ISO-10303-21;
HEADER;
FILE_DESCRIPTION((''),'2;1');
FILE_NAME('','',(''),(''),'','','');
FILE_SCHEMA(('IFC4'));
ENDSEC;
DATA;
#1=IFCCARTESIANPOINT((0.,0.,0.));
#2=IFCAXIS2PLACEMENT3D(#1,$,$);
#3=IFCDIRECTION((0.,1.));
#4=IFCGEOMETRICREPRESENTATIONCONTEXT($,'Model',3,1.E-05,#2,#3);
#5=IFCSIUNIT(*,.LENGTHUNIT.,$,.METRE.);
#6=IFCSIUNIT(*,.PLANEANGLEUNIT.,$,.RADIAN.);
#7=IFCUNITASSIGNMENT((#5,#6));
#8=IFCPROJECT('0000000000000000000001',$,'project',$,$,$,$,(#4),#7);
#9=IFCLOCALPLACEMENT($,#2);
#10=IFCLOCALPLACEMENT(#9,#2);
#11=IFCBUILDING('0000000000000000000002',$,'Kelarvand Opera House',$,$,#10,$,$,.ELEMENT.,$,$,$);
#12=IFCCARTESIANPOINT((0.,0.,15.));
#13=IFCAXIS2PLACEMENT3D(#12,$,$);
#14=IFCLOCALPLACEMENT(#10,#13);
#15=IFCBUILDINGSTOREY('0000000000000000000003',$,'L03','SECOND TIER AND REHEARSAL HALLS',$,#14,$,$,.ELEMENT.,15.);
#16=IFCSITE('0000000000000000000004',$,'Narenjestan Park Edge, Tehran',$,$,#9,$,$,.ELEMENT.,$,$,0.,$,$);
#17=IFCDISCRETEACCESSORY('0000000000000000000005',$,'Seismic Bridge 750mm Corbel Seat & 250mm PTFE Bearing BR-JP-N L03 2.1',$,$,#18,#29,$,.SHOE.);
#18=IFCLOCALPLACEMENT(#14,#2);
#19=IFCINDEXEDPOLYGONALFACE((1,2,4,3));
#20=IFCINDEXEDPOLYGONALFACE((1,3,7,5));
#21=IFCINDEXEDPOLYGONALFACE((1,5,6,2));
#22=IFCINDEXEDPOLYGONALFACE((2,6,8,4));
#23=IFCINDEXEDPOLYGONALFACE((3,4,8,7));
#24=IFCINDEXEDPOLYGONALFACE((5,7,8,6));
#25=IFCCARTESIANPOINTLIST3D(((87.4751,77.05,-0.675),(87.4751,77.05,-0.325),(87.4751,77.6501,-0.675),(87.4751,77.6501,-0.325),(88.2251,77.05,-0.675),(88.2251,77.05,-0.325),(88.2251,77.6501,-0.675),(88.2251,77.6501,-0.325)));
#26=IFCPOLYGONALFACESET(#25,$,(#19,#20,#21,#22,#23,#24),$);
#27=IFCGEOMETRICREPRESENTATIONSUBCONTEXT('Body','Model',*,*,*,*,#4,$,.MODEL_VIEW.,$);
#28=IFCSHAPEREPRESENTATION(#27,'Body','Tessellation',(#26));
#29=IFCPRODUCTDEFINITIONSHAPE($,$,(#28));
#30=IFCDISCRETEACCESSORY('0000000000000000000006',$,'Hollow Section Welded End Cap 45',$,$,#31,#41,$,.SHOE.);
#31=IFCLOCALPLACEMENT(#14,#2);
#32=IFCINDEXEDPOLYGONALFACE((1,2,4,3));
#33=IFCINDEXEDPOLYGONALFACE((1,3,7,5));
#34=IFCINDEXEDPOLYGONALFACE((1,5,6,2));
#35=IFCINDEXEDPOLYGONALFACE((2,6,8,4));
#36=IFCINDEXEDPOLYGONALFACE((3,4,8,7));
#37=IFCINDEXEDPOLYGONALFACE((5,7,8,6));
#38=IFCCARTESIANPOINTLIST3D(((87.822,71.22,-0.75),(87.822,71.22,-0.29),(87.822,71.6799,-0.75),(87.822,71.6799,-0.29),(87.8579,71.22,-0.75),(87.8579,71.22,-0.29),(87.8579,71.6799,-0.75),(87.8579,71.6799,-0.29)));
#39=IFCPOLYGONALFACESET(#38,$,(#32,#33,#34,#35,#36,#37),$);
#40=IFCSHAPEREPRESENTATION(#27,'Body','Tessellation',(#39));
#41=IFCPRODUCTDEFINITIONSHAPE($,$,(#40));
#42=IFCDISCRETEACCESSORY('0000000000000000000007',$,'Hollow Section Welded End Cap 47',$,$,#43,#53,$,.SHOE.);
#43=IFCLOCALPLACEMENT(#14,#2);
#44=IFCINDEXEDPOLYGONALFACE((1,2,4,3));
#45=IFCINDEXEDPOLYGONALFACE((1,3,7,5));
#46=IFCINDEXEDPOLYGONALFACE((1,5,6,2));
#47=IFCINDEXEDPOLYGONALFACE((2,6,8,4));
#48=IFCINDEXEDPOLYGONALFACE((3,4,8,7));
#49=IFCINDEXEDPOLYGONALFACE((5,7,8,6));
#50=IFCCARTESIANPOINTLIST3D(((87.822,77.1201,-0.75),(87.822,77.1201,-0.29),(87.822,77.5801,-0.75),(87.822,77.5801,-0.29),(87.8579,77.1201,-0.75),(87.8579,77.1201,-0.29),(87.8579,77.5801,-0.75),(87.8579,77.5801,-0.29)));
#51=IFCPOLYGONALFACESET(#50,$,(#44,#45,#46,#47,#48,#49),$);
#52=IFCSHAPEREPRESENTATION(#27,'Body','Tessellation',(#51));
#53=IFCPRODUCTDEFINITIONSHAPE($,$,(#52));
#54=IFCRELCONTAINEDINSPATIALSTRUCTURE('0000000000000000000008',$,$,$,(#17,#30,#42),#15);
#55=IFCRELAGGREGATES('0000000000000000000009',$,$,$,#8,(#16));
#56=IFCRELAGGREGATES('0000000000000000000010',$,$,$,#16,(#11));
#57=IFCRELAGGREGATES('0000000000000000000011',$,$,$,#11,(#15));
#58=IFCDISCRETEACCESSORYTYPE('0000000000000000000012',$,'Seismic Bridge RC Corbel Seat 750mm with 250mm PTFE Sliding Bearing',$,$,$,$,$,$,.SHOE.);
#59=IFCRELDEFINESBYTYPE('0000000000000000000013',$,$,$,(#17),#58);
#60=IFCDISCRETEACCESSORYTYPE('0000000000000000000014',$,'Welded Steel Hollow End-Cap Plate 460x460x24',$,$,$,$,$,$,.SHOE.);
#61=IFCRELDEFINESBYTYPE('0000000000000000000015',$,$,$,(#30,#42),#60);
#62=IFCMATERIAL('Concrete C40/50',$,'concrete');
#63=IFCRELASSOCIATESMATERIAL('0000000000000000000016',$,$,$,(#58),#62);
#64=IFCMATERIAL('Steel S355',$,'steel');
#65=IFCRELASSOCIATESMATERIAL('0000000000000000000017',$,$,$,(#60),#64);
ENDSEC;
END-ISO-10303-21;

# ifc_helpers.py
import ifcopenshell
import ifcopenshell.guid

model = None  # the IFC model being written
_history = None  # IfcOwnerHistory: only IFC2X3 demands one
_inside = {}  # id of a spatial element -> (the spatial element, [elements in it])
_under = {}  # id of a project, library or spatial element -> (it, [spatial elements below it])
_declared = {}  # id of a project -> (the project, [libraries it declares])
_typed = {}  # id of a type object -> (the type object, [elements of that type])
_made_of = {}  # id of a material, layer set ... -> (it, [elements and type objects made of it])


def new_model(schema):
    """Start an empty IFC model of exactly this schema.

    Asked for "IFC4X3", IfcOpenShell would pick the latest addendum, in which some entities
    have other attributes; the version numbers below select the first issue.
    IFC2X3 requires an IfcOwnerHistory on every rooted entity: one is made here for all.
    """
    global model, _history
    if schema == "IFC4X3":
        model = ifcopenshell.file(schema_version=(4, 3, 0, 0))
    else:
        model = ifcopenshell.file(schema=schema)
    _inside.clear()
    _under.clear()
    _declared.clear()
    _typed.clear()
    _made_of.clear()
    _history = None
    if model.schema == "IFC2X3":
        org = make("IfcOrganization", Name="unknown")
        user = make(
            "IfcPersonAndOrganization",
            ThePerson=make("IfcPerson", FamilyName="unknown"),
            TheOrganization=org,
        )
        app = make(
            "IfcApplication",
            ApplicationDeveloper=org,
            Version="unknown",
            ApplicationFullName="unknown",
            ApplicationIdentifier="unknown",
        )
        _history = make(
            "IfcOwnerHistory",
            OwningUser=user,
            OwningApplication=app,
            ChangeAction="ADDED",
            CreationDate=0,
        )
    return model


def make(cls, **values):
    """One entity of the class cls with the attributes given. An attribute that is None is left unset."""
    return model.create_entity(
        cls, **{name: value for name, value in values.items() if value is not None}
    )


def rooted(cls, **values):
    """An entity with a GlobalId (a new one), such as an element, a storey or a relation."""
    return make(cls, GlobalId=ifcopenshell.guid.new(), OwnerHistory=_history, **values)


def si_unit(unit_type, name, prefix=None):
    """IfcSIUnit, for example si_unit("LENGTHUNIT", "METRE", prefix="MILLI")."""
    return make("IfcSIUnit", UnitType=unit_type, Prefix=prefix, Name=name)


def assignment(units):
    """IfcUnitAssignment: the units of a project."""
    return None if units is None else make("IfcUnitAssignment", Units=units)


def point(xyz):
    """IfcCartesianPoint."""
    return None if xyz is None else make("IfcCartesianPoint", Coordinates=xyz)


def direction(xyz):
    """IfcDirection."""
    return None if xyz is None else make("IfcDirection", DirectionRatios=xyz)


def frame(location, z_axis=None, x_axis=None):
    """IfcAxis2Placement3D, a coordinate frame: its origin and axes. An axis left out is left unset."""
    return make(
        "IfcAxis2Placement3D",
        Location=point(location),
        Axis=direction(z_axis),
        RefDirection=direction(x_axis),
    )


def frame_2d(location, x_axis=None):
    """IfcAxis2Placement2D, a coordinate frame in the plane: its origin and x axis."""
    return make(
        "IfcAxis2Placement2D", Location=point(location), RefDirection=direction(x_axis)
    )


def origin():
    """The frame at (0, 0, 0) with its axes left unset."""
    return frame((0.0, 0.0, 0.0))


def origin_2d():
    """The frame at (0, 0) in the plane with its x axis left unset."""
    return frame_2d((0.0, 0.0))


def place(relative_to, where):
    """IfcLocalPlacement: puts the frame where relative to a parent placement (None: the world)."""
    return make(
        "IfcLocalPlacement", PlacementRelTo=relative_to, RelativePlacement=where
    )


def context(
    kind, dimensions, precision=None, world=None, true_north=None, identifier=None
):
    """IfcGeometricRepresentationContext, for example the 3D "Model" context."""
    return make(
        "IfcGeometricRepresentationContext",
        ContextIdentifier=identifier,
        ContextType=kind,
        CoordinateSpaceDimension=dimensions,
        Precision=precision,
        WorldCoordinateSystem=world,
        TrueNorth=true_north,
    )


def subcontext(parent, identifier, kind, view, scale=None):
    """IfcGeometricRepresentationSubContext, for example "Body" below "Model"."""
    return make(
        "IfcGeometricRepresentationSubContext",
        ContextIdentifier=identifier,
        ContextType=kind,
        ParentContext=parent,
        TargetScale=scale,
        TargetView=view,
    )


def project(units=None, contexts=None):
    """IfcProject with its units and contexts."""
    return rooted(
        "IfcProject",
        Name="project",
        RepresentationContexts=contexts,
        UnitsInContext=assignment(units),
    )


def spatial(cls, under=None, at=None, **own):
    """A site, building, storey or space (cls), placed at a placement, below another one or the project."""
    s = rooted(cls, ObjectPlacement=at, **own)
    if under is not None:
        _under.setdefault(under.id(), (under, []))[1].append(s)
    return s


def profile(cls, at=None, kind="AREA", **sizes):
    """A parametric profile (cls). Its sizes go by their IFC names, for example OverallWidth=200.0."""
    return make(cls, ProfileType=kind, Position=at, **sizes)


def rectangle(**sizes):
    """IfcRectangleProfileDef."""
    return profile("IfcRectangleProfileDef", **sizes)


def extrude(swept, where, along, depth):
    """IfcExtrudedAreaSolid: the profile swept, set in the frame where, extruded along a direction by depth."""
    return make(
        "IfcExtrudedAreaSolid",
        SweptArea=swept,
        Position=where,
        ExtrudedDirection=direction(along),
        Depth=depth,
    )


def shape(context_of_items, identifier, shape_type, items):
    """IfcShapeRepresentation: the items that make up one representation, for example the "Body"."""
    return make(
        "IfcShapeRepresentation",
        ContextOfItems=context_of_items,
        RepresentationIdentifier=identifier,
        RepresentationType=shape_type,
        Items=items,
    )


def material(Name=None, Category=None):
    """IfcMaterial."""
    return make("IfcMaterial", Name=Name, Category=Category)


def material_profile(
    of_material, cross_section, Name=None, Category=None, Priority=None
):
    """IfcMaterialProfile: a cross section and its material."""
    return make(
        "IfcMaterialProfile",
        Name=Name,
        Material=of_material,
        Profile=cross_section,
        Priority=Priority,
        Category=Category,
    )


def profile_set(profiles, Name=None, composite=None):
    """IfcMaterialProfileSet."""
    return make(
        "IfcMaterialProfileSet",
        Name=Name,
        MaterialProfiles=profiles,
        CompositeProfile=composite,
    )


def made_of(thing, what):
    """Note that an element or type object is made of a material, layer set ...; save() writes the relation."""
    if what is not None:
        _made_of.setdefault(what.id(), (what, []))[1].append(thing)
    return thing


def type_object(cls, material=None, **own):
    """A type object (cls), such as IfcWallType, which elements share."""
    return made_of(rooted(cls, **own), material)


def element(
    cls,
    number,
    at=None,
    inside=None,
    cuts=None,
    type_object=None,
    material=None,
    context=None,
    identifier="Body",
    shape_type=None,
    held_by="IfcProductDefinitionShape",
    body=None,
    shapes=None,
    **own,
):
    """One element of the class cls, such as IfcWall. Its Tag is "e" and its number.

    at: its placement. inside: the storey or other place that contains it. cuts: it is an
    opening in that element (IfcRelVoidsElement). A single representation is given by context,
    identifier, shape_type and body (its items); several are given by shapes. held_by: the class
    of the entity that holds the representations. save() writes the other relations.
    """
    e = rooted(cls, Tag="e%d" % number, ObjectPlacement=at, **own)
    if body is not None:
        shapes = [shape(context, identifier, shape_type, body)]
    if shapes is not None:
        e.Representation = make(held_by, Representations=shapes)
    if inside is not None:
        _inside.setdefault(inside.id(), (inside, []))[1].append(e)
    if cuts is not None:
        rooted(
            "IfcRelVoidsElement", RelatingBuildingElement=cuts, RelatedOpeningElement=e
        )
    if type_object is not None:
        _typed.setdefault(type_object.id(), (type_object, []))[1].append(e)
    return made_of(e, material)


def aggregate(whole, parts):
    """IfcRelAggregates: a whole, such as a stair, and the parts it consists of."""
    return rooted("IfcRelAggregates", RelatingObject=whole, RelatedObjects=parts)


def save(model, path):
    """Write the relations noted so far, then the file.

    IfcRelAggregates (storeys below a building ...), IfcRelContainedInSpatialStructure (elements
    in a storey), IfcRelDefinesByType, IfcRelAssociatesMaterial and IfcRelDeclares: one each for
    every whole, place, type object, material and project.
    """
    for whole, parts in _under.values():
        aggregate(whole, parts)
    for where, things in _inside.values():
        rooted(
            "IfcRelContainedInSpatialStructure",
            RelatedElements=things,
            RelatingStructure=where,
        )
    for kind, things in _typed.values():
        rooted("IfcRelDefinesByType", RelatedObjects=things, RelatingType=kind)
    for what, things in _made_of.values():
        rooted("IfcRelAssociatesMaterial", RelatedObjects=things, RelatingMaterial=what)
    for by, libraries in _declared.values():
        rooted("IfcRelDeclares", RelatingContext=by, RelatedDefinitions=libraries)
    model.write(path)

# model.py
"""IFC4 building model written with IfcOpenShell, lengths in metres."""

from ifc_helpers import new_model, si_unit, direction, frame, origin, origin_2d, place, context, subcontext, project, spatial, rectangle, extrude, material, material_profile, profile_set, type_object, element, save


model = new_model("IFC4")

# Units and contexts
model_context = context("Model", 3, precision=1e-05, world=origin(), true_north=direction((0.0, 1.0)))
body_context = subcontext(model_context, "Body", "Model", "MODEL_VIEW")
ifc_project = project(units=[si_unit("LENGTHUNIT", "METRE"), si_unit("PLANEANGLEUNIT", "RADIAN")], contexts=[model_context])

# Site, building, storey
site_placement = place(None, origin())
site = spatial("IfcSite", under=ifc_project, at=site_placement, Name="Narenjestan Park Edge, Tehran", CompositionType="ELEMENT", RefElevation=0.0)
building_placement = place(site_placement, origin())
building = spatial("IfcBuilding", under=site, at=building_placement, Name="Kelarvand Opera House", CompositionType="ELEMENT")
storey_placement = place(building_placement, frame((0.0, 0.0, 15.0)))
storey = spatial("IfcBuildingStorey", under=building, at=storey_placement, Name="L03", Description="SECOND TIER AND REHEARSAL HALLS", CompositionType="ELEMENT", Elevation=15.0)

# Shared definitions
ifc_material_1 = material(Name="Concrete C40/50", Category="concrete")

# Shared definitions
ifc_material_2 = material(Name="Steel S355", Category="steel")

# Discrete accessories
discrete_accessory_type_1 = type_object("IfcDiscreteAccessoryType", Name="Seismic Bridge RC Corbel Seat 750mm with 250mm PTFE Sliding Bearing", PredefinedType="SHOE", material=ifc_material_1)
for number, where, z_axis, x_axis, name in (
    (1, (87.8501, 77.3501, -0.675), (0.0, 0.0, 1.0), (1.0, 0.0, 0.0), "Seismic Bridge 750mm Corbel Seat & 250mm PTFE Bearing BR-JP-N L03 2.1"),
):
    element("IfcDiscreteAccessory", number, at=place(storey_placement, frame(where, z_axis=z_axis, x_axis=x_axis)), inside=storey, type_object=discrete_accessory_type_1, Name=name, PredefinedType="SHOE", context=body_context, shape_type="SweptSolid", body=[
        extrude(rectangle(XDim=0.75, YDim=0.6001, at=origin_2d()), origin(), (0.0, 0.0, 1.0), 0.3501),
    ])
ifc_material_profile_1 = material_profile(ifc_material_2, rectangle(XDim=0.46, YDim=0.46, at=origin_2d()), Name="Welded Steel Hollow End-Cap Plate 460x460x24", Category="steel")
ifc_profile_set_1 = profile_set([ifc_material_profile_1], Name="Steel S355")
discrete_accessory_type_2 = type_object("IfcDiscreteAccessoryType", Name="Welded Steel Hollow End-Cap Plate 460x460x24", PredefinedType="SHOE", material=ifc_profile_set_1)
for number, where, z_axis, x_axis, name in (
    (2, (87.8579, 71.45, -0.52), (-1.0, 0.0, 0.0), (0.0, -1.0, 0.0), "Hollow Section Welded End Cap 45"),
    (3, (87.8579, 77.3501, -0.52), (-1.0, 0.0, 0.0), (0.0, -1.0, 0.0), "Hollow Section Welded End Cap 47"),
):
    element("IfcDiscreteAccessory", number, at=place(storey_placement, frame(where, z_axis=z_axis, x_axis=x_axis)), inside=storey, type_object=discrete_accessory_type_2, Name=name, PredefinedType="SHOE", context=body_context, shape_type="SweptSolid", body=[
        extrude(rectangle(XDim=0.46, YDim=0.46, at=origin_2d()), origin(), (0.0, 0.0, 1.0), 0.0359),
    ])

save(model, "model.ifc")
